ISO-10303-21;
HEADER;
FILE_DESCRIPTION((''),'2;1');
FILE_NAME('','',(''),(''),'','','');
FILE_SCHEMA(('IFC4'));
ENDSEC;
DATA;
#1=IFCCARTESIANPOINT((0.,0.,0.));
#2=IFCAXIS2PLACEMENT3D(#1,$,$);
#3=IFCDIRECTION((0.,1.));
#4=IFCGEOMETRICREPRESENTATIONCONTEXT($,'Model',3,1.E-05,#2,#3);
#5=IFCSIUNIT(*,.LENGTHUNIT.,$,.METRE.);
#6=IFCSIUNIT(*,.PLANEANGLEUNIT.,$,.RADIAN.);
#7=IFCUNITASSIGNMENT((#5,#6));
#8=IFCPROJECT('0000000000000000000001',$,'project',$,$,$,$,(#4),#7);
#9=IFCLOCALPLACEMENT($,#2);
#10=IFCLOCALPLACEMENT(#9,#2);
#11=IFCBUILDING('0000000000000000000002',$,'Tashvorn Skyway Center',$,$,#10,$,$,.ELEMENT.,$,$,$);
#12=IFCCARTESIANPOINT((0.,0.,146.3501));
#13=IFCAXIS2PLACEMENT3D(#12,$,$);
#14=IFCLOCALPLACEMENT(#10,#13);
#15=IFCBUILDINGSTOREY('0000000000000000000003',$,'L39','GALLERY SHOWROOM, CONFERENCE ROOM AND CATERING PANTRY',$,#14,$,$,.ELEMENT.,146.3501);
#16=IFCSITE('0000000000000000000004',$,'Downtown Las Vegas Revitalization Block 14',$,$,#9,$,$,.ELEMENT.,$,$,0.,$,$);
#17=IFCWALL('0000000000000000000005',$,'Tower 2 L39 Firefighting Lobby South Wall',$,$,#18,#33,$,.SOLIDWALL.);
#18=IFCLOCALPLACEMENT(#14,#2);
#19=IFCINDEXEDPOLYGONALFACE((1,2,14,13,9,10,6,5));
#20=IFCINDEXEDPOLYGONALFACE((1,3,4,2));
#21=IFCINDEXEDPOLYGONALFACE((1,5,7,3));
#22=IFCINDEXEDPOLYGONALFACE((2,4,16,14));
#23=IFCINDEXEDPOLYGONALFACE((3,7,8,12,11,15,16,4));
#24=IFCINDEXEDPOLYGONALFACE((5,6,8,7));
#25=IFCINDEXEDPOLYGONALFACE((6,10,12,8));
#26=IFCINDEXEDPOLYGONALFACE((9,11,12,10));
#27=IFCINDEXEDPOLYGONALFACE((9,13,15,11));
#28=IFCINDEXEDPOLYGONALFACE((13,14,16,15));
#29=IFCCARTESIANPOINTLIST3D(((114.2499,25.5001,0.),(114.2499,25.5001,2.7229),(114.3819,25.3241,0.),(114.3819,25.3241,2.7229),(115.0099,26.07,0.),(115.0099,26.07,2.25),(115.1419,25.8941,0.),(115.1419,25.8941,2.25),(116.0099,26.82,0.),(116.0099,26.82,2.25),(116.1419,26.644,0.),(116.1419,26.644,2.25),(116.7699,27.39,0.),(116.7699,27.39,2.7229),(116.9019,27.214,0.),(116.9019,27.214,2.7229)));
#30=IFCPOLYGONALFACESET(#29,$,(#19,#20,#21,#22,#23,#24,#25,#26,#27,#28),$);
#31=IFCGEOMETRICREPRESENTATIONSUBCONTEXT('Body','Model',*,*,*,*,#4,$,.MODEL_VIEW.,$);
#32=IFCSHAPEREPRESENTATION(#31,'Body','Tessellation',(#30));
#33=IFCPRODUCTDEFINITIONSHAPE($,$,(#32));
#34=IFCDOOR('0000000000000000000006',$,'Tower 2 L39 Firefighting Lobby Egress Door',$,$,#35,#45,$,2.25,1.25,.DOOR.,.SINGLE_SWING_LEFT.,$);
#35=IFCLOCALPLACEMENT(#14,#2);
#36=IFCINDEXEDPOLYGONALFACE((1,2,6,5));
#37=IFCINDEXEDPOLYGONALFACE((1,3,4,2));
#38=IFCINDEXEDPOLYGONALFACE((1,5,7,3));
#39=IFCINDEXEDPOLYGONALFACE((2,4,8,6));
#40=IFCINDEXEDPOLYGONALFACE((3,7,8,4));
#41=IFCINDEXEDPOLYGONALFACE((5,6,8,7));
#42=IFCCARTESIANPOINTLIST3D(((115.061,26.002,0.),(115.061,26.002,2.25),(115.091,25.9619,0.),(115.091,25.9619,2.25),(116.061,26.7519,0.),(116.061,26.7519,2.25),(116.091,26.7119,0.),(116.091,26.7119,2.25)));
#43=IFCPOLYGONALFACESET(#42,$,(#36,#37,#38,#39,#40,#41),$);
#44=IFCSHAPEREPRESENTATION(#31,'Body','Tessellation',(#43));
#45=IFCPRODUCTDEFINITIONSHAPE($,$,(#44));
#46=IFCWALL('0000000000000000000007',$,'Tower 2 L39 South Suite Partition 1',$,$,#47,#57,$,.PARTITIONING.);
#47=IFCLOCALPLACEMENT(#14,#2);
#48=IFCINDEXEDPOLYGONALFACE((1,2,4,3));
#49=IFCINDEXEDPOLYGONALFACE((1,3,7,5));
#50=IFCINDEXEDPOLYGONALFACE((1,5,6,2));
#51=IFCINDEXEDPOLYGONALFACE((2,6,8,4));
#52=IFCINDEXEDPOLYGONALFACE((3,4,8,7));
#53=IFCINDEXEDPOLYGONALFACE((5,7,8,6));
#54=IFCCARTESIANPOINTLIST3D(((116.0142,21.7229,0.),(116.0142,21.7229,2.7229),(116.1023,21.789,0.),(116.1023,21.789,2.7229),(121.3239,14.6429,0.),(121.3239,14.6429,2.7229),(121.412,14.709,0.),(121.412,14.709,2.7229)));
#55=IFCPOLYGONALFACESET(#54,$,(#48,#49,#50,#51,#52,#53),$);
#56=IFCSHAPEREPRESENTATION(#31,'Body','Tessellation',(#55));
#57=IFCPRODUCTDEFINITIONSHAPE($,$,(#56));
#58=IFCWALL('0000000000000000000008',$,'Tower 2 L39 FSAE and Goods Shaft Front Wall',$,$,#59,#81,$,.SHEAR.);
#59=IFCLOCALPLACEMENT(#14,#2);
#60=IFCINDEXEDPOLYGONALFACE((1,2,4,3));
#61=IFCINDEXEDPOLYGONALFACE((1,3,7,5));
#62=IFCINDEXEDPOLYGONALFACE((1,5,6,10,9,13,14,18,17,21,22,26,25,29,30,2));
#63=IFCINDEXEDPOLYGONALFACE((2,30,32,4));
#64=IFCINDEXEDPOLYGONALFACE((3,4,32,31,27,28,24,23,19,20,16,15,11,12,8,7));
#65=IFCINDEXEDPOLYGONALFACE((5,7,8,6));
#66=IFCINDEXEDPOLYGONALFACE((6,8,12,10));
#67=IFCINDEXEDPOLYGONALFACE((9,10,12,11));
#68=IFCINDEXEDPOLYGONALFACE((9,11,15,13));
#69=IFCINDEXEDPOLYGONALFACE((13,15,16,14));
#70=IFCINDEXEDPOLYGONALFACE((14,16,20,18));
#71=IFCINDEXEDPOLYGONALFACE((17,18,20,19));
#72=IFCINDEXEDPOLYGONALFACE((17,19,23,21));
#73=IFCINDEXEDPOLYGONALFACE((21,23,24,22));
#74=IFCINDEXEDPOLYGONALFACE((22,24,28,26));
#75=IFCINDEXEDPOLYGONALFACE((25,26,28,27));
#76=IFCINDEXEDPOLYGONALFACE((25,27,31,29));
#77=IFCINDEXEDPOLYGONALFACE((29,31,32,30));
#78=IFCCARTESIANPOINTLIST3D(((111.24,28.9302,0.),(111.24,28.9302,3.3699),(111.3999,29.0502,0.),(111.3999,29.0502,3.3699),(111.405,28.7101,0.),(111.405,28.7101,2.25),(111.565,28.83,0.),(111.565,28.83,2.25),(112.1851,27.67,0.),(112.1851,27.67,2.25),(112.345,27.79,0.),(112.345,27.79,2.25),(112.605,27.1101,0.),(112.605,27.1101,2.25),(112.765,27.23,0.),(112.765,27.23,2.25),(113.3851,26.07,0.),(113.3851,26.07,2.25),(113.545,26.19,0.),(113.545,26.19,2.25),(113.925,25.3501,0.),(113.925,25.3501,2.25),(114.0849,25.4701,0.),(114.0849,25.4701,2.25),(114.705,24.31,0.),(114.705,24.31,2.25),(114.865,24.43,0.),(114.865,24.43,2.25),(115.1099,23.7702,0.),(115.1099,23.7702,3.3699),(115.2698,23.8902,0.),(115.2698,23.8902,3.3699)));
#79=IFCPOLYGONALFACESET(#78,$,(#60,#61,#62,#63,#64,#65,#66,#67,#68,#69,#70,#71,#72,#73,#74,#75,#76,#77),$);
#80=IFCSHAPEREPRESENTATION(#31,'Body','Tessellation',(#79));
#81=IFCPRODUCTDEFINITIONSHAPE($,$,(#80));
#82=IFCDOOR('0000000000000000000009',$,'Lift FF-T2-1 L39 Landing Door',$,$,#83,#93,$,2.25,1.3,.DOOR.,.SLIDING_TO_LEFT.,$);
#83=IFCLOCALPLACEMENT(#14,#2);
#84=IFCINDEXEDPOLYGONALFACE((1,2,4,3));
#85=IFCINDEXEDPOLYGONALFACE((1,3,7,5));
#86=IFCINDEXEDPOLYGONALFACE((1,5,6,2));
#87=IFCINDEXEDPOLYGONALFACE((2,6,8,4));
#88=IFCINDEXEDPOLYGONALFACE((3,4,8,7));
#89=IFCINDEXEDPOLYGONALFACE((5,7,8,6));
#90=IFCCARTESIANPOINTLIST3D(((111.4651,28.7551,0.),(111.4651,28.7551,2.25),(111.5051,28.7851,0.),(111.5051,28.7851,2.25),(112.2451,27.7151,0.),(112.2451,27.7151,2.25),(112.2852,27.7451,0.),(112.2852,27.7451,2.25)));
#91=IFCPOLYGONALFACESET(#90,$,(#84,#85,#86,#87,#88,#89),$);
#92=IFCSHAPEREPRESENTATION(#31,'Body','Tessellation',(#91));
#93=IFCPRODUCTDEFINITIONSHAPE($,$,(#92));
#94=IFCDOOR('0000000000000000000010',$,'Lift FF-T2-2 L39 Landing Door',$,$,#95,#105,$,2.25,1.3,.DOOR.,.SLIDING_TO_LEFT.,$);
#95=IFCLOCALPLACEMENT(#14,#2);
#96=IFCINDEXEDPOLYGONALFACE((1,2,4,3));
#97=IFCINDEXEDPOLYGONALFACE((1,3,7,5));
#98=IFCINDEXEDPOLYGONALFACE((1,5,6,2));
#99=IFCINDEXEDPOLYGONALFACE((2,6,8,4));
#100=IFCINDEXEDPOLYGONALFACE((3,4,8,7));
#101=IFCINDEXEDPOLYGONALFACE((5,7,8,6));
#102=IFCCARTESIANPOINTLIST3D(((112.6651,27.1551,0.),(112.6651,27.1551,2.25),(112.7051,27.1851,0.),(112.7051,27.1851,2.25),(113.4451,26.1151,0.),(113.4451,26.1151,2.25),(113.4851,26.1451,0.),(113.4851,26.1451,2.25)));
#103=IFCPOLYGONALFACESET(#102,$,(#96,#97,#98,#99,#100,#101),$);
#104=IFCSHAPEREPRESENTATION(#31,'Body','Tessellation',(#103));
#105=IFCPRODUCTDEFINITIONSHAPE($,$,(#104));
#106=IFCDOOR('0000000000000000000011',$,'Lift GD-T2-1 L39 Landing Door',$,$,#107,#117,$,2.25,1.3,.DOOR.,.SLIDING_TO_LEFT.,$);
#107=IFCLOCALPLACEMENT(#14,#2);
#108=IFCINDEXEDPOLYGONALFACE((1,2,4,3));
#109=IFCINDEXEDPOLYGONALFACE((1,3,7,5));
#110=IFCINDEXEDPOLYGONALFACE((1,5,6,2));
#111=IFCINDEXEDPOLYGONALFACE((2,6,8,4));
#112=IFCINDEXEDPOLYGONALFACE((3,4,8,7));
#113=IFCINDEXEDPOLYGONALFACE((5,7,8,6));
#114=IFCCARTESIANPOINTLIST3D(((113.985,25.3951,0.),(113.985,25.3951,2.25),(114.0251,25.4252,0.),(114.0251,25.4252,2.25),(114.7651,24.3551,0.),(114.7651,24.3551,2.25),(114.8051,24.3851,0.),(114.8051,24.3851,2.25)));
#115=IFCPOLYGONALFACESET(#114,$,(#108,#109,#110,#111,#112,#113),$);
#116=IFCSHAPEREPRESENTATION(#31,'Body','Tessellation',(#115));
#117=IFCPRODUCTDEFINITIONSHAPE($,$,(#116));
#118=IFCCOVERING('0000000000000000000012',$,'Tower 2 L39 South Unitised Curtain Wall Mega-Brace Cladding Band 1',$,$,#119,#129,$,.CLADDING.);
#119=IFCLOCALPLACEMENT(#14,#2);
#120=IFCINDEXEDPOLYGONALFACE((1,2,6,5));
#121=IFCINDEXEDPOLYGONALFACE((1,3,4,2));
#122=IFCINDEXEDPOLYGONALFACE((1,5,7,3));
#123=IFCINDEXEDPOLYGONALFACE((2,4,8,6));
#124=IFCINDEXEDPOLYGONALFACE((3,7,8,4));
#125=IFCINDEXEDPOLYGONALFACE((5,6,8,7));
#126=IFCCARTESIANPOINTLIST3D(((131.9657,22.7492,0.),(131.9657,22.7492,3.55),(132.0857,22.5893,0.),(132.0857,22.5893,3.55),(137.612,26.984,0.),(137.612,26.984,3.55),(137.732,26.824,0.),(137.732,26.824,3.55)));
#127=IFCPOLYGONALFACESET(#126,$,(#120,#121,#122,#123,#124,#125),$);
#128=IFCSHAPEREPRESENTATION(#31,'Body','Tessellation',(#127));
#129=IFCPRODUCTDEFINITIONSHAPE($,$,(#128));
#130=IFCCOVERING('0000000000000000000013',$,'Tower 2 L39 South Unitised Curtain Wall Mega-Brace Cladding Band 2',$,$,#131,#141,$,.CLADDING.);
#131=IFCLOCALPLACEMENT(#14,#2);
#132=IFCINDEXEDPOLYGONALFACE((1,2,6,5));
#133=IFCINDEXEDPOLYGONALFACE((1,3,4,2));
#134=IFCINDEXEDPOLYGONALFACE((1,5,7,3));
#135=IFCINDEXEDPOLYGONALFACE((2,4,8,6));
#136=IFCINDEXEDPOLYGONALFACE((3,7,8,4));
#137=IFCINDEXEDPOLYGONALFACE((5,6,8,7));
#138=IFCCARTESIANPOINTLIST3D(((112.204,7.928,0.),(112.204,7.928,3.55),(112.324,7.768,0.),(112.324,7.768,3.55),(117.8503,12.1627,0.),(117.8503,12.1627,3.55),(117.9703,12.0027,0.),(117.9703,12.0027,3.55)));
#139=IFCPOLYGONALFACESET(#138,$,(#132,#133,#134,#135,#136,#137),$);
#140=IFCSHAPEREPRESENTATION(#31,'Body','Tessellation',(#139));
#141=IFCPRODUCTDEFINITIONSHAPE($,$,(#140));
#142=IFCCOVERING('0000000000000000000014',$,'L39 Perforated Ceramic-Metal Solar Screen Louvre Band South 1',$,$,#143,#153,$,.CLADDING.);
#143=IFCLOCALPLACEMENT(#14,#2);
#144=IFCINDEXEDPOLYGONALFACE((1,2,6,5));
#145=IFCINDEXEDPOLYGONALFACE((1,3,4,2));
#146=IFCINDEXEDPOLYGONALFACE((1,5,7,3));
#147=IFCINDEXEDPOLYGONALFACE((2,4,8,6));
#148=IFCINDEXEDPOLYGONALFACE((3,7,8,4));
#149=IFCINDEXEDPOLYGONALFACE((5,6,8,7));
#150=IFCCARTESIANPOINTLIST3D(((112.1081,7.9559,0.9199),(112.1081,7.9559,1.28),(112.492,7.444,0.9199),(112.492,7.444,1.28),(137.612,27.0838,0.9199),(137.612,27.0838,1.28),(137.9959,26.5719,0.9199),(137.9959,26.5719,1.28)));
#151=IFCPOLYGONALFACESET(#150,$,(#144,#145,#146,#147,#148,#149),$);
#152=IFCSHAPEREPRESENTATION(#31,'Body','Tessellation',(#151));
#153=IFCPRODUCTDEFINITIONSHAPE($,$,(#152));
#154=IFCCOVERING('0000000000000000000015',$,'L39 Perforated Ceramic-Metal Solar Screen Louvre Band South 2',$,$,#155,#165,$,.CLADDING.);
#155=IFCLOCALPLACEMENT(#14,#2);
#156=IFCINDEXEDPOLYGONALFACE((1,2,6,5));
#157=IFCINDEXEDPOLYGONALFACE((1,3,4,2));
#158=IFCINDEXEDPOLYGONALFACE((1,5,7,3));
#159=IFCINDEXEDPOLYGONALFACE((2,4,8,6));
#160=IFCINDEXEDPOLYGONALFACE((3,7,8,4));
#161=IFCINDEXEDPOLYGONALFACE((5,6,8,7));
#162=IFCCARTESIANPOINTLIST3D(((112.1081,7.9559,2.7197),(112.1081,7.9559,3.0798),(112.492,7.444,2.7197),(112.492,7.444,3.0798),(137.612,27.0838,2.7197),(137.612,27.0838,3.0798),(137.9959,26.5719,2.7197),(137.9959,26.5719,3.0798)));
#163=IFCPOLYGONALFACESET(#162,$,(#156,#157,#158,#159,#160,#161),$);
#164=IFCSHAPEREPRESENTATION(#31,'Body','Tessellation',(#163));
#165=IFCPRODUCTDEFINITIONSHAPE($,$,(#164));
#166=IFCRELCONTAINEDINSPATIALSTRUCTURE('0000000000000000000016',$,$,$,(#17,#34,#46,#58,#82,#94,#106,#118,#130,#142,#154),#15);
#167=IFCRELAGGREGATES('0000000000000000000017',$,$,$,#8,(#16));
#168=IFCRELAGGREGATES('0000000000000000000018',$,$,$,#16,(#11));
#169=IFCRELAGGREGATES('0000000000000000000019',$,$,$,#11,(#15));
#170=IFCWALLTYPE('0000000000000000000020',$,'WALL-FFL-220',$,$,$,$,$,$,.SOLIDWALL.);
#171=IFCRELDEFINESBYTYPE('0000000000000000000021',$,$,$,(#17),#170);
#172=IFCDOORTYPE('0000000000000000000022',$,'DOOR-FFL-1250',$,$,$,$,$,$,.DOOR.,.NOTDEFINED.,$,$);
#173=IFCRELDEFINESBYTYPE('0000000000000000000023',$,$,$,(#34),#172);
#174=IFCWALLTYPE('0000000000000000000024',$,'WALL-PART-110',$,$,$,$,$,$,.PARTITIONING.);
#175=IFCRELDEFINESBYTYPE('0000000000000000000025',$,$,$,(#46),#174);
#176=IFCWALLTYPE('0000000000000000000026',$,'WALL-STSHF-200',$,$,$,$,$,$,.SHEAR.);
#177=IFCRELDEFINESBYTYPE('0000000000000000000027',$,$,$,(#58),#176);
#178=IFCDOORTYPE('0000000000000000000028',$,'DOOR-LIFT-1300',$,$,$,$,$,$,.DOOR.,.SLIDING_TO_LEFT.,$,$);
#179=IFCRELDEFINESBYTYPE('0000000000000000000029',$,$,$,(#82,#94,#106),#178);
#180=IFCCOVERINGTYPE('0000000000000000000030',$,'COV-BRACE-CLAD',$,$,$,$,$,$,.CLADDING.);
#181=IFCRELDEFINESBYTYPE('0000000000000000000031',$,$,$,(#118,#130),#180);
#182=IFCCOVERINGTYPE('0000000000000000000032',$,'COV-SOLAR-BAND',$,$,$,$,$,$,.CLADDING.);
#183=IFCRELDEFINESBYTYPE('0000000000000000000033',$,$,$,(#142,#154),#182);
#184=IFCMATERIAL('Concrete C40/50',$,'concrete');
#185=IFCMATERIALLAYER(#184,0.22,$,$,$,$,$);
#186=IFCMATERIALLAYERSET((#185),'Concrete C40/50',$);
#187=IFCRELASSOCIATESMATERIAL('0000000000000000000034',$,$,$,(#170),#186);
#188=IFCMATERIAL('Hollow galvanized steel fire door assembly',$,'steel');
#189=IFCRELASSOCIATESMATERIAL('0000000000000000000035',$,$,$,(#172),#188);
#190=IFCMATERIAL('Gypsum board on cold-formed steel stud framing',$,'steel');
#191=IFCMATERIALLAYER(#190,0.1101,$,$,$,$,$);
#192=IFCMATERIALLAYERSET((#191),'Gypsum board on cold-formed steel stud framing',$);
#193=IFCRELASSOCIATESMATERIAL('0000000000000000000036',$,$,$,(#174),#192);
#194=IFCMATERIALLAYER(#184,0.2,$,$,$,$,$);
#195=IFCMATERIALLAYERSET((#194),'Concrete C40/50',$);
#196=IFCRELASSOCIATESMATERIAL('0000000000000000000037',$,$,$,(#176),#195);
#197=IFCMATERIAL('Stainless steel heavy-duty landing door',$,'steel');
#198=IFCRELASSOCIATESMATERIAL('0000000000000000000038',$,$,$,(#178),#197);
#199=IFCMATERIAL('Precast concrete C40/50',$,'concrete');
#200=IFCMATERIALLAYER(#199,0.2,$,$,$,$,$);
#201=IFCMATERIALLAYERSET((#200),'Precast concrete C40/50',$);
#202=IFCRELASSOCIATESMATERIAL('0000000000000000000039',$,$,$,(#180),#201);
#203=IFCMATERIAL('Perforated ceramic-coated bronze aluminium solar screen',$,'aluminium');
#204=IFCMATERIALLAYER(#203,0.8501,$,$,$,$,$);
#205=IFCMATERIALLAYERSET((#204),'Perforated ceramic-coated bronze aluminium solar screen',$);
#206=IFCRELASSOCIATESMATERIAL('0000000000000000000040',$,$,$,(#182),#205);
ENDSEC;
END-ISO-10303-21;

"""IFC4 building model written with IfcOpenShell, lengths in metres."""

from ifc_helpers import new_model, si_unit, direction, frame, frame_2d, origin, origin_2d, place, context, subcontext, project, spatial, rectangle, extrude, material, layer, layer_set, type_object, element, fill, save


model = new_model("IFC4")

# Units and contexts
model_context = context("Model", 3, precision=1e-05, world=origin(), true_north=direction((0.0, 1.0)))
body_context = subcontext(model_context, "Body", "Model", "MODEL_VIEW")
ifc_project = project(units=[si_unit("LENGTHUNIT", "METRE"), si_unit("PLANEANGLEUNIT", "RADIAN")], contexts=[model_context])

# Site, building, storey
site_placement = place(None, origin())
site = spatial("IfcSite", under=ifc_project, at=site_placement, Name="Downtown Las Vegas Revitalization Block 14", CompositionType="ELEMENT", RefElevation=0.0)
building_placement = place(site_placement, origin())
building = spatial("IfcBuilding", under=site, at=building_placement, Name="Tashvorn Skyway Center", CompositionType="ELEMENT")
storey_placement = place(building_placement, frame((0.0, 0.0, 146.3501)))
storey = spatial("IfcBuildingStorey", under=building, at=storey_placement, Name="L39", Description="GALLERY SHOWROOM, CONFERENCE ROOM AND CATERING PANTRY", CompositionType="ELEMENT", Elevation=146.3501)

# Wall, opening, door
ifc_material_1 = material(Name="Concrete C40/50", Category="concrete")
ifc_layer_1 = layer(ifc_material_1, 0.22)
ifc_layer_set_1 = layer_set([ifc_layer_1], Name="Concrete C40/50")
wall_type_1 = type_object("IfcWallType", Name="WALL-FFL-220", PredefinedType="SOLIDWALL", material=ifc_layer_set_1)
wall_1_placement = place(storey_placement, frame((114.3159, 25.4121, 0.0), z_axis=(0.0, 0.0, 1.0), x_axis=(0.800019, 0.599975, 0.0)))
wall_1 = element("IfcWall", 1, at=wall_1_placement, inside=storey, type_object=wall_type_1, Name="Tower 2 L39 Firefighting Lobby South Wall", PredefinedType="SOLIDWALL", context=body_context, shape_type="SweptSolid", body=[
    extrude(rectangle(XDim=3.1499, YDim=0.22, at=frame_2d((1.575, 0.0))), origin(), (0.0, 0.0, 1.0), 2.7229),
])
opening_1_placement = place(wall_1_placement, frame((0.95, 0.0, 0.0)))
opening_1 = element("IfcOpeningElement", 2, at=opening_1_placement, cuts=wall_1, PredefinedType="OPENING", context=body_context, shape_type="SweptSolid", body=[
    extrude(rectangle(XDim=1.25, YDim=2.25, at=frame_2d((0.625, 1.125))), frame((0.0, 0.1199, 0.0), z_axis=(0.0, -1.0, 0.0), x_axis=(1.0, 0.0, 0.0)), (0.0, 0.0, 1.0), 0.24),
])
ifc_material_2 = material(Name="Hollow galvanized steel fire door assembly", Category="steel")
door_type_1 = type_object("IfcDoorType", Name="DOOR-FFL-1250", OperationType="NOTDEFINED", PredefinedType="DOOR", material=ifc_material_2)
door_1_placement = place(opening_1_placement, origin())
door_1 = element("IfcDoor", 3, at=door_1_placement, inside=storey, type_object=door_type_1, Name="Tower 2 L39 Firefighting Lobby Egress Door", OperationType="SINGLE_SWING_LEFT", OverallHeight=2.25, OverallWidth=1.25, PredefinedType="DOOR", context=body_context, shape_type="SweptSolid", body=[
    extrude(rectangle(XDim=1.25, YDim=2.25, at=frame_2d((0.625, 1.125))), frame((0.0, 0.0249, 0.0), z_axis=(0.0, -1.0, 0.0), x_axis=(1.0, 0.0, 0.0)), (0.0, 0.0, 1.0), 0.05),
])
fill(opening_1, door_1)

# Wall
ifc_material_3 = material(Name="Gypsum board on cold-formed steel stud framing", Category="steel")
ifc_layer_2 = layer(ifc_material_3, 0.1101)
ifc_layer_set_2 = layer_set([ifc_layer_2], Name="Gypsum board on cold-formed steel stud framing")
wall_type_2 = type_object("IfcWallType", Name="WALL-PART-110", PredefinedType="PARTITIONING", material=ifc_layer_set_2)
wall_2_placement = place(storey_placement, frame((121.3679, 14.676, 0.0), z_axis=(0.0, 0.0, 1.0), x_axis=(-0.599982, 0.800013, 0.0)))
element("IfcWall", 4, at=wall_2_placement, inside=storey, type_object=wall_type_2, Name="Tower 2 L39 South Suite Partition 1", PredefinedType="PARTITIONING", context=body_context, shape_type="SweptSolid", body=[
    extrude(rectangle(XDim=8.8499, YDim=0.1101, at=frame_2d((4.4248, 0.0))), origin(), (0.0, 0.0, 1.0), 2.7229),
])

# Wall, openings, doors
ifc_layer_3 = layer(ifc_material_1, 0.2)
ifc_layer_set_3 = layer_set([ifc_layer_3], Name="Concrete C40/50")
wall_type_3 = type_object("IfcWallType", Name="WALL-STSHF-200", PredefinedType="SHEAR", material=ifc_layer_set_3)
wall_3_placement = place(storey_placement, frame((115.1899, 23.8301, 0.0), z_axis=(0.0, 0.0, 1.0), x_axis=(-0.599994, 0.800005, 0.0)))
wall_3 = element("IfcWall", 5, at=wall_3_placement, inside=storey, type_object=wall_type_3, Name="Tower 2 L39 FSAE and Goods Shaft Front Wall", PredefinedType="SHEAR", context=body_context, shape_type="SweptSolid", body=[
    extrude(rectangle(XDim=6.45, YDim=0.2, at=frame_2d((3.2251, 0.0))), origin(), (0.0, 0.0, 1.0), 3.3699),
])
opening_2_placement = place(wall_3_placement, frame((4.875, 0.0, 0.0)))
opening_2 = element("IfcOpeningElement", 6, at=opening_2_placement, cuts=wall_3, PredefinedType="OPENING", context=body_context, shape_type="SweptSolid", body=[
    extrude(rectangle(XDim=1.3, YDim=2.25, at=frame_2d((0.6499, 1.125))), frame((0.0, 0.1099, 0.0), z_axis=(0.0, -1.0, 0.0), x_axis=(1.0, 0.0, 0.0)), (0.0, 0.0, 1.0), 0.22),
])
opening_3_placement = place(wall_3_placement, frame((2.875, 0.0, 0.0)))
opening_3 = element("IfcOpeningElement", 7, at=opening_3_placement, cuts=wall_3, PredefinedType="OPENING", context=body_context, shape_type="SweptSolid", body=[
    extrude(rectangle(XDim=1.3, YDim=2.25, at=frame_2d((0.6499, 1.125))), frame((0.0, 0.1099, 0.0), z_axis=(0.0, -1.0, 0.0), x_axis=(1.0, 0.0, 0.0)), (0.0, 0.0, 1.0), 0.22),
])
opening_4_placement = place(wall_3_placement, frame((0.675, 0.0, 0.0)))
opening_4 = element("IfcOpeningElement", 8, at=opening_4_placement, cuts=wall_3, PredefinedType="OPENING", context=body_context, shape_type="SweptSolid", body=[
    extrude(rectangle(XDim=1.3, YDim=2.25, at=frame_2d((0.6499, 1.125))), frame((0.0, 0.1099, 0.0), z_axis=(0.0, -1.0, 0.0), x_axis=(1.0, 0.0, 0.0)), (0.0, 0.0, 1.0), 0.22),
])
ifc_material_4 = material(Name="Stainless steel heavy-duty landing door", Category="steel")
door_type_2 = type_object("IfcDoorType", Name="DOOR-LIFT-1300", OperationType="SLIDING_TO_LEFT", PredefinedType="DOOR", material=ifc_material_4)
door_2_placement = place(opening_2_placement, origin())
door_2 = element("IfcDoor", 9, at=door_2_placement, inside=storey, type_object=door_type_2, Name="Lift FF-T2-1 L39 Landing Door", OperationType="SLIDING_TO_LEFT", OverallHeight=2.25, OverallWidth=1.3, PredefinedType="DOOR", context=body_context, shape_type="SweptSolid", body=[
    extrude(rectangle(XDim=1.3, YDim=2.25, at=frame_2d((0.6499, 1.125))), frame((0.0, 0.0249, 0.0), z_axis=(0.0, -1.0, 0.0), x_axis=(1.0, 0.0, 0.0)), (0.0, 0.0, 1.0), 0.05),
])
fill(opening_2, door_2)
door_3_placement = place(opening_3_placement, origin())
door_3 = element("IfcDoor", 10, at=door_3_placement, inside=storey, type_object=door_type_2, Name="Lift FF-T2-2 L39 Landing Door", OperationType="SLIDING_TO_LEFT", OverallHeight=2.25, OverallWidth=1.3, PredefinedType="DOOR", context=body_context, shape_type="SweptSolid", body=[
    extrude(rectangle(XDim=1.3, YDim=2.25, at=frame_2d((0.6499, 1.125))), frame((0.0, 0.0249, 0.0), z_axis=(0.0, -1.0, 0.0), x_axis=(1.0, 0.0, 0.0)), (0.0, 0.0, 1.0), 0.05),
])
fill(opening_3, door_3)
door_4_placement = place(opening_4_placement, origin())
door_4 = element("IfcDoor", 11, at=door_4_placement, inside=storey, type_object=door_type_2, Name="Lift GD-T2-1 L39 Landing Door", OperationType="SLIDING_TO_LEFT", OverallHeight=2.25, OverallWidth=1.3, PredefinedType="DOOR", context=body_context, shape_type="SweptSolid", body=[
    extrude(rectangle(XDim=1.3, YDim=2.25, at=frame_2d((0.6499, 1.125))), frame((0.0, 0.0249, 0.0), z_axis=(0.0, -1.0, 0.0), x_axis=(1.0, 0.0, 0.0)), (0.0, 0.0, 1.0), 0.05),
])
fill(opening_4, door_4)

# Coverings
ifc_material_5 = material(Name="Precast concrete C40/50", Category="concrete")
ifc_layer_4 = layer(ifc_material_5, 0.2)
ifc_layer_set_4 = layer_set([ifc_layer_4], Name="Precast concrete C40/50")
covering_type_1 = type_object("IfcCoveringType", Name="COV-BRACE-CLAD", PredefinedType="CLADDING", material=ifc_layer_set_4)
for number, where, z_axis, x_axis, name in (
    (12, (134.8489, 24.7866, 0.0), (0.0, 0.0, 1.0), (-0.8, -0.6, 0.0), "Tower 2 L39 South Unitised Curtain Wall Mega-Brace Cladding Band 1"),
    (13, (115.0872, 9.9653, 0.0), (0.0, 0.0, 1.0), (-0.8, -0.6, 0.0), "Tower 2 L39 South Unitised Curtain Wall Mega-Brace Cladding Band 2"),
):
    element("IfcCovering", number, at=place(storey_placement, frame(where, z_axis=z_axis, x_axis=x_axis)), inside=storey, type_object=covering_type_1, Name=name, PredefinedType="CLADDING", context=body_context, shape_type="SweptSolid", body=[
        extrude(rectangle(XDim=7.0579, YDim=0.2, at=origin_2d()), origin(), (0.0, 0.0, 1.0), 3.55),
    ])
ifc_material_6 = material(Name="Perforated ceramic-coated bronze aluminium solar screen", Category="aluminium")
ifc_layer_5 = layer(ifc_material_6, 0.8501)
ifc_layer_set_5 = layer_set([ifc_layer_5], Name="Perforated ceramic-coated bronze aluminium solar screen")
covering_type_2 = type_object("IfcCoveringType", Name="COV-SOLAR-BAND", PredefinedType="CLADDING", material=ifc_layer_set_5)
for number, where, z_axis, x_axis, name in (
    (14, (125.052, 17.2639, 0.9199), (0.0, 0.0, 1.0), (-0.8, -0.6, 0.0), "L39 Perforated Ceramic-Metal Solar Screen Louvre Band South 1"),
    (15, (125.052, 17.2639, 2.7197), (0.0, 0.0, 1.0), (-0.8, -0.6, 0.0), "L39 Perforated Ceramic-Metal Solar Screen Louvre Band South 2"),
):
    element("IfcCovering", number, at=place(storey_placement, frame(where, z_axis=z_axis, x_axis=x_axis)), inside=storey, type_object=covering_type_2, Name=name, PredefinedType="CLADDING", context=body_context, shape_type="SweptSolid", body=[
        extrude(rectangle(XDim=31.8799, YDim=0.6399, at=origin_2d()), origin(), (0.0, 0.0, 1.0), 0.3601),
    ])

save(model, "model.ifc")
